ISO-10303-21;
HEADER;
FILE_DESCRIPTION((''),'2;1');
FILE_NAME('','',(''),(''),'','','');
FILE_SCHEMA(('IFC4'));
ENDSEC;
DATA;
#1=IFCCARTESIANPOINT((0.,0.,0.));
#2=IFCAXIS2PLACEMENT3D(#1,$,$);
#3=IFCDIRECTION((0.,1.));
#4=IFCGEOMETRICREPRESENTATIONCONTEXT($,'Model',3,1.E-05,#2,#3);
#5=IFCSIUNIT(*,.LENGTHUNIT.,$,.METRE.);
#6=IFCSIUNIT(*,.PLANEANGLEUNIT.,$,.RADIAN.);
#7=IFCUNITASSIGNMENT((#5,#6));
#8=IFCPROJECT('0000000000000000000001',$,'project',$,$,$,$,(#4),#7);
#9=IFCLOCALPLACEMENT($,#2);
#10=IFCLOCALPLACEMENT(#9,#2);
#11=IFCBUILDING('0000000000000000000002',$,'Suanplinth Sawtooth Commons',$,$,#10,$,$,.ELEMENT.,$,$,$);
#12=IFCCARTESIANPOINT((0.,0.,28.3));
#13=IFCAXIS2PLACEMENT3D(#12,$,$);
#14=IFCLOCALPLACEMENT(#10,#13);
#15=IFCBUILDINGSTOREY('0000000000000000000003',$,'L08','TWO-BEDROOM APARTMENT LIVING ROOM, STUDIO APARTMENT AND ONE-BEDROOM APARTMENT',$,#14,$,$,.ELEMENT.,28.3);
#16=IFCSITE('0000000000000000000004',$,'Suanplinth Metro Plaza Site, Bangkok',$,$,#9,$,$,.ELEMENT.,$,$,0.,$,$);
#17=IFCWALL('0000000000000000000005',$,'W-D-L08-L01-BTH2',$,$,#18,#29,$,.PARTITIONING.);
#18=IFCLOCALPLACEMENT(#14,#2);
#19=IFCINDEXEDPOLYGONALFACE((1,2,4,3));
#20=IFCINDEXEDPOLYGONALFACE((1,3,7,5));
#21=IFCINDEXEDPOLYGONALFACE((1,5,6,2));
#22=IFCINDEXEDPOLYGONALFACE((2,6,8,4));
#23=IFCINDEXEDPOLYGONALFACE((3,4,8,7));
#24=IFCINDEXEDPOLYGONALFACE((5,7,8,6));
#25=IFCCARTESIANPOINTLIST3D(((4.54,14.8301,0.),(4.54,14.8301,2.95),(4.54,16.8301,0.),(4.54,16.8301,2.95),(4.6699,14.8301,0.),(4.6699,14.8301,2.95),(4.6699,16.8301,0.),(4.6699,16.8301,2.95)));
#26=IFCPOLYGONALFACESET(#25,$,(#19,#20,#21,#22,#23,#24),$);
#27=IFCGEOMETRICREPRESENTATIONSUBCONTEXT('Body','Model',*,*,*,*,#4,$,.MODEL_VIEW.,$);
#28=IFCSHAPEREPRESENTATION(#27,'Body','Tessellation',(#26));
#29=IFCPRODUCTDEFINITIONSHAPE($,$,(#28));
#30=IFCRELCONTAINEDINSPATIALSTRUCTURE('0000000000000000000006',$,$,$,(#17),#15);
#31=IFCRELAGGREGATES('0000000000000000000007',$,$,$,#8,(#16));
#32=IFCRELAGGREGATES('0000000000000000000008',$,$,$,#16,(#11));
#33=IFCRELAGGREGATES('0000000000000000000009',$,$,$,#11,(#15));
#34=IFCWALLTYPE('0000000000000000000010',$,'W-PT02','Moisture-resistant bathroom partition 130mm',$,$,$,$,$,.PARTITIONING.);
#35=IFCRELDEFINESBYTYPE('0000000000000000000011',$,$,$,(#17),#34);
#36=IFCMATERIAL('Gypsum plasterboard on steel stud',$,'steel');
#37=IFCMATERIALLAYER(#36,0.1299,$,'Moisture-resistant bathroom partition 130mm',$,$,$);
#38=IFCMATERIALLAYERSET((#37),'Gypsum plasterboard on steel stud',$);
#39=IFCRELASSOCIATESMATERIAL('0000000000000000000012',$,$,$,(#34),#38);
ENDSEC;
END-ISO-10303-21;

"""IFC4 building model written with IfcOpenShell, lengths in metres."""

from ifc_helpers import new_model, si_unit, direction, frame, frame_2d, origin, place, context, subcontext, project, spatial, rectangle, extrude, material, layer, layer_set, type_object, element, save


model = new_model("IFC4")

# Units and contexts
model_context = context("Model", 3, precision=1e-05, world=origin(), true_north=direction((0.0, 1.0)))
body_context = subcontext(model_context, "Body", "Model", "MODEL_VIEW")
ifc_project = project(units=[si_unit("LENGTHUNIT", "METRE"), si_unit("PLANEANGLEUNIT", "RADIAN")], contexts=[model_context])

# Site, building, storey
site_placement = place(None, origin())
site = spatial("IfcSite", under=ifc_project, at=site_placement, Name="Suanplinth Metro Plaza Site, Bangkok", CompositionType="ELEMENT", RefElevation=0.0)
building_placement = place(site_placement, origin())
building = spatial("IfcBuilding", under=site, at=building_placement, Name="Suanplinth Sawtooth Commons", CompositionType="ELEMENT")
storey_placement = place(building_placement, frame((0.0, 0.0, 28.3)))
storey = spatial("IfcBuildingStorey", under=building, at=storey_placement, Name="L08", Description="TWO-BEDROOM APARTMENT LIVING ROOM, STUDIO APARTMENT AND ONE-BEDROOM APARTMENT", CompositionType="ELEMENT", Elevation=28.3)

# Wall
ifc_material_1 = material(Name="Gypsum plasterboard on steel stud", Category="steel")
ifc_layer_1 = layer(ifc_material_1, 0.1299, Name="Moisture-resistant bathroom partition 130mm")
ifc_layer_set_1 = layer_set([ifc_layer_1], Name="Gypsum plasterboard on steel stud")
wall_type_1 = type_object("IfcWallType", Name="W-PT02", Description="Moisture-resistant bathroom partition 130mm", PredefinedType="PARTITIONING", material=ifc_layer_set_1)
wall_1_placement = place(storey_placement, frame((4.605, 14.8301, 0.0), z_axis=(0.0, 0.0, 1.0), x_axis=(0.0, 1.0, 0.0)))
element("IfcWall", 1, at=wall_1_placement, inside=storey, type_object=wall_type_1, Name="W-D-L08-L01-BTH2", PredefinedType="PARTITIONING", context=body_context, shape_type="SweptSolid", body=[
    extrude(rectangle(XDim=2.0, YDim=0.1299, at=frame_2d((1.0, 0.0))), origin(), (0.0, 0.0, 1.0), 2.95),
])

save(model, "model.ifc")
